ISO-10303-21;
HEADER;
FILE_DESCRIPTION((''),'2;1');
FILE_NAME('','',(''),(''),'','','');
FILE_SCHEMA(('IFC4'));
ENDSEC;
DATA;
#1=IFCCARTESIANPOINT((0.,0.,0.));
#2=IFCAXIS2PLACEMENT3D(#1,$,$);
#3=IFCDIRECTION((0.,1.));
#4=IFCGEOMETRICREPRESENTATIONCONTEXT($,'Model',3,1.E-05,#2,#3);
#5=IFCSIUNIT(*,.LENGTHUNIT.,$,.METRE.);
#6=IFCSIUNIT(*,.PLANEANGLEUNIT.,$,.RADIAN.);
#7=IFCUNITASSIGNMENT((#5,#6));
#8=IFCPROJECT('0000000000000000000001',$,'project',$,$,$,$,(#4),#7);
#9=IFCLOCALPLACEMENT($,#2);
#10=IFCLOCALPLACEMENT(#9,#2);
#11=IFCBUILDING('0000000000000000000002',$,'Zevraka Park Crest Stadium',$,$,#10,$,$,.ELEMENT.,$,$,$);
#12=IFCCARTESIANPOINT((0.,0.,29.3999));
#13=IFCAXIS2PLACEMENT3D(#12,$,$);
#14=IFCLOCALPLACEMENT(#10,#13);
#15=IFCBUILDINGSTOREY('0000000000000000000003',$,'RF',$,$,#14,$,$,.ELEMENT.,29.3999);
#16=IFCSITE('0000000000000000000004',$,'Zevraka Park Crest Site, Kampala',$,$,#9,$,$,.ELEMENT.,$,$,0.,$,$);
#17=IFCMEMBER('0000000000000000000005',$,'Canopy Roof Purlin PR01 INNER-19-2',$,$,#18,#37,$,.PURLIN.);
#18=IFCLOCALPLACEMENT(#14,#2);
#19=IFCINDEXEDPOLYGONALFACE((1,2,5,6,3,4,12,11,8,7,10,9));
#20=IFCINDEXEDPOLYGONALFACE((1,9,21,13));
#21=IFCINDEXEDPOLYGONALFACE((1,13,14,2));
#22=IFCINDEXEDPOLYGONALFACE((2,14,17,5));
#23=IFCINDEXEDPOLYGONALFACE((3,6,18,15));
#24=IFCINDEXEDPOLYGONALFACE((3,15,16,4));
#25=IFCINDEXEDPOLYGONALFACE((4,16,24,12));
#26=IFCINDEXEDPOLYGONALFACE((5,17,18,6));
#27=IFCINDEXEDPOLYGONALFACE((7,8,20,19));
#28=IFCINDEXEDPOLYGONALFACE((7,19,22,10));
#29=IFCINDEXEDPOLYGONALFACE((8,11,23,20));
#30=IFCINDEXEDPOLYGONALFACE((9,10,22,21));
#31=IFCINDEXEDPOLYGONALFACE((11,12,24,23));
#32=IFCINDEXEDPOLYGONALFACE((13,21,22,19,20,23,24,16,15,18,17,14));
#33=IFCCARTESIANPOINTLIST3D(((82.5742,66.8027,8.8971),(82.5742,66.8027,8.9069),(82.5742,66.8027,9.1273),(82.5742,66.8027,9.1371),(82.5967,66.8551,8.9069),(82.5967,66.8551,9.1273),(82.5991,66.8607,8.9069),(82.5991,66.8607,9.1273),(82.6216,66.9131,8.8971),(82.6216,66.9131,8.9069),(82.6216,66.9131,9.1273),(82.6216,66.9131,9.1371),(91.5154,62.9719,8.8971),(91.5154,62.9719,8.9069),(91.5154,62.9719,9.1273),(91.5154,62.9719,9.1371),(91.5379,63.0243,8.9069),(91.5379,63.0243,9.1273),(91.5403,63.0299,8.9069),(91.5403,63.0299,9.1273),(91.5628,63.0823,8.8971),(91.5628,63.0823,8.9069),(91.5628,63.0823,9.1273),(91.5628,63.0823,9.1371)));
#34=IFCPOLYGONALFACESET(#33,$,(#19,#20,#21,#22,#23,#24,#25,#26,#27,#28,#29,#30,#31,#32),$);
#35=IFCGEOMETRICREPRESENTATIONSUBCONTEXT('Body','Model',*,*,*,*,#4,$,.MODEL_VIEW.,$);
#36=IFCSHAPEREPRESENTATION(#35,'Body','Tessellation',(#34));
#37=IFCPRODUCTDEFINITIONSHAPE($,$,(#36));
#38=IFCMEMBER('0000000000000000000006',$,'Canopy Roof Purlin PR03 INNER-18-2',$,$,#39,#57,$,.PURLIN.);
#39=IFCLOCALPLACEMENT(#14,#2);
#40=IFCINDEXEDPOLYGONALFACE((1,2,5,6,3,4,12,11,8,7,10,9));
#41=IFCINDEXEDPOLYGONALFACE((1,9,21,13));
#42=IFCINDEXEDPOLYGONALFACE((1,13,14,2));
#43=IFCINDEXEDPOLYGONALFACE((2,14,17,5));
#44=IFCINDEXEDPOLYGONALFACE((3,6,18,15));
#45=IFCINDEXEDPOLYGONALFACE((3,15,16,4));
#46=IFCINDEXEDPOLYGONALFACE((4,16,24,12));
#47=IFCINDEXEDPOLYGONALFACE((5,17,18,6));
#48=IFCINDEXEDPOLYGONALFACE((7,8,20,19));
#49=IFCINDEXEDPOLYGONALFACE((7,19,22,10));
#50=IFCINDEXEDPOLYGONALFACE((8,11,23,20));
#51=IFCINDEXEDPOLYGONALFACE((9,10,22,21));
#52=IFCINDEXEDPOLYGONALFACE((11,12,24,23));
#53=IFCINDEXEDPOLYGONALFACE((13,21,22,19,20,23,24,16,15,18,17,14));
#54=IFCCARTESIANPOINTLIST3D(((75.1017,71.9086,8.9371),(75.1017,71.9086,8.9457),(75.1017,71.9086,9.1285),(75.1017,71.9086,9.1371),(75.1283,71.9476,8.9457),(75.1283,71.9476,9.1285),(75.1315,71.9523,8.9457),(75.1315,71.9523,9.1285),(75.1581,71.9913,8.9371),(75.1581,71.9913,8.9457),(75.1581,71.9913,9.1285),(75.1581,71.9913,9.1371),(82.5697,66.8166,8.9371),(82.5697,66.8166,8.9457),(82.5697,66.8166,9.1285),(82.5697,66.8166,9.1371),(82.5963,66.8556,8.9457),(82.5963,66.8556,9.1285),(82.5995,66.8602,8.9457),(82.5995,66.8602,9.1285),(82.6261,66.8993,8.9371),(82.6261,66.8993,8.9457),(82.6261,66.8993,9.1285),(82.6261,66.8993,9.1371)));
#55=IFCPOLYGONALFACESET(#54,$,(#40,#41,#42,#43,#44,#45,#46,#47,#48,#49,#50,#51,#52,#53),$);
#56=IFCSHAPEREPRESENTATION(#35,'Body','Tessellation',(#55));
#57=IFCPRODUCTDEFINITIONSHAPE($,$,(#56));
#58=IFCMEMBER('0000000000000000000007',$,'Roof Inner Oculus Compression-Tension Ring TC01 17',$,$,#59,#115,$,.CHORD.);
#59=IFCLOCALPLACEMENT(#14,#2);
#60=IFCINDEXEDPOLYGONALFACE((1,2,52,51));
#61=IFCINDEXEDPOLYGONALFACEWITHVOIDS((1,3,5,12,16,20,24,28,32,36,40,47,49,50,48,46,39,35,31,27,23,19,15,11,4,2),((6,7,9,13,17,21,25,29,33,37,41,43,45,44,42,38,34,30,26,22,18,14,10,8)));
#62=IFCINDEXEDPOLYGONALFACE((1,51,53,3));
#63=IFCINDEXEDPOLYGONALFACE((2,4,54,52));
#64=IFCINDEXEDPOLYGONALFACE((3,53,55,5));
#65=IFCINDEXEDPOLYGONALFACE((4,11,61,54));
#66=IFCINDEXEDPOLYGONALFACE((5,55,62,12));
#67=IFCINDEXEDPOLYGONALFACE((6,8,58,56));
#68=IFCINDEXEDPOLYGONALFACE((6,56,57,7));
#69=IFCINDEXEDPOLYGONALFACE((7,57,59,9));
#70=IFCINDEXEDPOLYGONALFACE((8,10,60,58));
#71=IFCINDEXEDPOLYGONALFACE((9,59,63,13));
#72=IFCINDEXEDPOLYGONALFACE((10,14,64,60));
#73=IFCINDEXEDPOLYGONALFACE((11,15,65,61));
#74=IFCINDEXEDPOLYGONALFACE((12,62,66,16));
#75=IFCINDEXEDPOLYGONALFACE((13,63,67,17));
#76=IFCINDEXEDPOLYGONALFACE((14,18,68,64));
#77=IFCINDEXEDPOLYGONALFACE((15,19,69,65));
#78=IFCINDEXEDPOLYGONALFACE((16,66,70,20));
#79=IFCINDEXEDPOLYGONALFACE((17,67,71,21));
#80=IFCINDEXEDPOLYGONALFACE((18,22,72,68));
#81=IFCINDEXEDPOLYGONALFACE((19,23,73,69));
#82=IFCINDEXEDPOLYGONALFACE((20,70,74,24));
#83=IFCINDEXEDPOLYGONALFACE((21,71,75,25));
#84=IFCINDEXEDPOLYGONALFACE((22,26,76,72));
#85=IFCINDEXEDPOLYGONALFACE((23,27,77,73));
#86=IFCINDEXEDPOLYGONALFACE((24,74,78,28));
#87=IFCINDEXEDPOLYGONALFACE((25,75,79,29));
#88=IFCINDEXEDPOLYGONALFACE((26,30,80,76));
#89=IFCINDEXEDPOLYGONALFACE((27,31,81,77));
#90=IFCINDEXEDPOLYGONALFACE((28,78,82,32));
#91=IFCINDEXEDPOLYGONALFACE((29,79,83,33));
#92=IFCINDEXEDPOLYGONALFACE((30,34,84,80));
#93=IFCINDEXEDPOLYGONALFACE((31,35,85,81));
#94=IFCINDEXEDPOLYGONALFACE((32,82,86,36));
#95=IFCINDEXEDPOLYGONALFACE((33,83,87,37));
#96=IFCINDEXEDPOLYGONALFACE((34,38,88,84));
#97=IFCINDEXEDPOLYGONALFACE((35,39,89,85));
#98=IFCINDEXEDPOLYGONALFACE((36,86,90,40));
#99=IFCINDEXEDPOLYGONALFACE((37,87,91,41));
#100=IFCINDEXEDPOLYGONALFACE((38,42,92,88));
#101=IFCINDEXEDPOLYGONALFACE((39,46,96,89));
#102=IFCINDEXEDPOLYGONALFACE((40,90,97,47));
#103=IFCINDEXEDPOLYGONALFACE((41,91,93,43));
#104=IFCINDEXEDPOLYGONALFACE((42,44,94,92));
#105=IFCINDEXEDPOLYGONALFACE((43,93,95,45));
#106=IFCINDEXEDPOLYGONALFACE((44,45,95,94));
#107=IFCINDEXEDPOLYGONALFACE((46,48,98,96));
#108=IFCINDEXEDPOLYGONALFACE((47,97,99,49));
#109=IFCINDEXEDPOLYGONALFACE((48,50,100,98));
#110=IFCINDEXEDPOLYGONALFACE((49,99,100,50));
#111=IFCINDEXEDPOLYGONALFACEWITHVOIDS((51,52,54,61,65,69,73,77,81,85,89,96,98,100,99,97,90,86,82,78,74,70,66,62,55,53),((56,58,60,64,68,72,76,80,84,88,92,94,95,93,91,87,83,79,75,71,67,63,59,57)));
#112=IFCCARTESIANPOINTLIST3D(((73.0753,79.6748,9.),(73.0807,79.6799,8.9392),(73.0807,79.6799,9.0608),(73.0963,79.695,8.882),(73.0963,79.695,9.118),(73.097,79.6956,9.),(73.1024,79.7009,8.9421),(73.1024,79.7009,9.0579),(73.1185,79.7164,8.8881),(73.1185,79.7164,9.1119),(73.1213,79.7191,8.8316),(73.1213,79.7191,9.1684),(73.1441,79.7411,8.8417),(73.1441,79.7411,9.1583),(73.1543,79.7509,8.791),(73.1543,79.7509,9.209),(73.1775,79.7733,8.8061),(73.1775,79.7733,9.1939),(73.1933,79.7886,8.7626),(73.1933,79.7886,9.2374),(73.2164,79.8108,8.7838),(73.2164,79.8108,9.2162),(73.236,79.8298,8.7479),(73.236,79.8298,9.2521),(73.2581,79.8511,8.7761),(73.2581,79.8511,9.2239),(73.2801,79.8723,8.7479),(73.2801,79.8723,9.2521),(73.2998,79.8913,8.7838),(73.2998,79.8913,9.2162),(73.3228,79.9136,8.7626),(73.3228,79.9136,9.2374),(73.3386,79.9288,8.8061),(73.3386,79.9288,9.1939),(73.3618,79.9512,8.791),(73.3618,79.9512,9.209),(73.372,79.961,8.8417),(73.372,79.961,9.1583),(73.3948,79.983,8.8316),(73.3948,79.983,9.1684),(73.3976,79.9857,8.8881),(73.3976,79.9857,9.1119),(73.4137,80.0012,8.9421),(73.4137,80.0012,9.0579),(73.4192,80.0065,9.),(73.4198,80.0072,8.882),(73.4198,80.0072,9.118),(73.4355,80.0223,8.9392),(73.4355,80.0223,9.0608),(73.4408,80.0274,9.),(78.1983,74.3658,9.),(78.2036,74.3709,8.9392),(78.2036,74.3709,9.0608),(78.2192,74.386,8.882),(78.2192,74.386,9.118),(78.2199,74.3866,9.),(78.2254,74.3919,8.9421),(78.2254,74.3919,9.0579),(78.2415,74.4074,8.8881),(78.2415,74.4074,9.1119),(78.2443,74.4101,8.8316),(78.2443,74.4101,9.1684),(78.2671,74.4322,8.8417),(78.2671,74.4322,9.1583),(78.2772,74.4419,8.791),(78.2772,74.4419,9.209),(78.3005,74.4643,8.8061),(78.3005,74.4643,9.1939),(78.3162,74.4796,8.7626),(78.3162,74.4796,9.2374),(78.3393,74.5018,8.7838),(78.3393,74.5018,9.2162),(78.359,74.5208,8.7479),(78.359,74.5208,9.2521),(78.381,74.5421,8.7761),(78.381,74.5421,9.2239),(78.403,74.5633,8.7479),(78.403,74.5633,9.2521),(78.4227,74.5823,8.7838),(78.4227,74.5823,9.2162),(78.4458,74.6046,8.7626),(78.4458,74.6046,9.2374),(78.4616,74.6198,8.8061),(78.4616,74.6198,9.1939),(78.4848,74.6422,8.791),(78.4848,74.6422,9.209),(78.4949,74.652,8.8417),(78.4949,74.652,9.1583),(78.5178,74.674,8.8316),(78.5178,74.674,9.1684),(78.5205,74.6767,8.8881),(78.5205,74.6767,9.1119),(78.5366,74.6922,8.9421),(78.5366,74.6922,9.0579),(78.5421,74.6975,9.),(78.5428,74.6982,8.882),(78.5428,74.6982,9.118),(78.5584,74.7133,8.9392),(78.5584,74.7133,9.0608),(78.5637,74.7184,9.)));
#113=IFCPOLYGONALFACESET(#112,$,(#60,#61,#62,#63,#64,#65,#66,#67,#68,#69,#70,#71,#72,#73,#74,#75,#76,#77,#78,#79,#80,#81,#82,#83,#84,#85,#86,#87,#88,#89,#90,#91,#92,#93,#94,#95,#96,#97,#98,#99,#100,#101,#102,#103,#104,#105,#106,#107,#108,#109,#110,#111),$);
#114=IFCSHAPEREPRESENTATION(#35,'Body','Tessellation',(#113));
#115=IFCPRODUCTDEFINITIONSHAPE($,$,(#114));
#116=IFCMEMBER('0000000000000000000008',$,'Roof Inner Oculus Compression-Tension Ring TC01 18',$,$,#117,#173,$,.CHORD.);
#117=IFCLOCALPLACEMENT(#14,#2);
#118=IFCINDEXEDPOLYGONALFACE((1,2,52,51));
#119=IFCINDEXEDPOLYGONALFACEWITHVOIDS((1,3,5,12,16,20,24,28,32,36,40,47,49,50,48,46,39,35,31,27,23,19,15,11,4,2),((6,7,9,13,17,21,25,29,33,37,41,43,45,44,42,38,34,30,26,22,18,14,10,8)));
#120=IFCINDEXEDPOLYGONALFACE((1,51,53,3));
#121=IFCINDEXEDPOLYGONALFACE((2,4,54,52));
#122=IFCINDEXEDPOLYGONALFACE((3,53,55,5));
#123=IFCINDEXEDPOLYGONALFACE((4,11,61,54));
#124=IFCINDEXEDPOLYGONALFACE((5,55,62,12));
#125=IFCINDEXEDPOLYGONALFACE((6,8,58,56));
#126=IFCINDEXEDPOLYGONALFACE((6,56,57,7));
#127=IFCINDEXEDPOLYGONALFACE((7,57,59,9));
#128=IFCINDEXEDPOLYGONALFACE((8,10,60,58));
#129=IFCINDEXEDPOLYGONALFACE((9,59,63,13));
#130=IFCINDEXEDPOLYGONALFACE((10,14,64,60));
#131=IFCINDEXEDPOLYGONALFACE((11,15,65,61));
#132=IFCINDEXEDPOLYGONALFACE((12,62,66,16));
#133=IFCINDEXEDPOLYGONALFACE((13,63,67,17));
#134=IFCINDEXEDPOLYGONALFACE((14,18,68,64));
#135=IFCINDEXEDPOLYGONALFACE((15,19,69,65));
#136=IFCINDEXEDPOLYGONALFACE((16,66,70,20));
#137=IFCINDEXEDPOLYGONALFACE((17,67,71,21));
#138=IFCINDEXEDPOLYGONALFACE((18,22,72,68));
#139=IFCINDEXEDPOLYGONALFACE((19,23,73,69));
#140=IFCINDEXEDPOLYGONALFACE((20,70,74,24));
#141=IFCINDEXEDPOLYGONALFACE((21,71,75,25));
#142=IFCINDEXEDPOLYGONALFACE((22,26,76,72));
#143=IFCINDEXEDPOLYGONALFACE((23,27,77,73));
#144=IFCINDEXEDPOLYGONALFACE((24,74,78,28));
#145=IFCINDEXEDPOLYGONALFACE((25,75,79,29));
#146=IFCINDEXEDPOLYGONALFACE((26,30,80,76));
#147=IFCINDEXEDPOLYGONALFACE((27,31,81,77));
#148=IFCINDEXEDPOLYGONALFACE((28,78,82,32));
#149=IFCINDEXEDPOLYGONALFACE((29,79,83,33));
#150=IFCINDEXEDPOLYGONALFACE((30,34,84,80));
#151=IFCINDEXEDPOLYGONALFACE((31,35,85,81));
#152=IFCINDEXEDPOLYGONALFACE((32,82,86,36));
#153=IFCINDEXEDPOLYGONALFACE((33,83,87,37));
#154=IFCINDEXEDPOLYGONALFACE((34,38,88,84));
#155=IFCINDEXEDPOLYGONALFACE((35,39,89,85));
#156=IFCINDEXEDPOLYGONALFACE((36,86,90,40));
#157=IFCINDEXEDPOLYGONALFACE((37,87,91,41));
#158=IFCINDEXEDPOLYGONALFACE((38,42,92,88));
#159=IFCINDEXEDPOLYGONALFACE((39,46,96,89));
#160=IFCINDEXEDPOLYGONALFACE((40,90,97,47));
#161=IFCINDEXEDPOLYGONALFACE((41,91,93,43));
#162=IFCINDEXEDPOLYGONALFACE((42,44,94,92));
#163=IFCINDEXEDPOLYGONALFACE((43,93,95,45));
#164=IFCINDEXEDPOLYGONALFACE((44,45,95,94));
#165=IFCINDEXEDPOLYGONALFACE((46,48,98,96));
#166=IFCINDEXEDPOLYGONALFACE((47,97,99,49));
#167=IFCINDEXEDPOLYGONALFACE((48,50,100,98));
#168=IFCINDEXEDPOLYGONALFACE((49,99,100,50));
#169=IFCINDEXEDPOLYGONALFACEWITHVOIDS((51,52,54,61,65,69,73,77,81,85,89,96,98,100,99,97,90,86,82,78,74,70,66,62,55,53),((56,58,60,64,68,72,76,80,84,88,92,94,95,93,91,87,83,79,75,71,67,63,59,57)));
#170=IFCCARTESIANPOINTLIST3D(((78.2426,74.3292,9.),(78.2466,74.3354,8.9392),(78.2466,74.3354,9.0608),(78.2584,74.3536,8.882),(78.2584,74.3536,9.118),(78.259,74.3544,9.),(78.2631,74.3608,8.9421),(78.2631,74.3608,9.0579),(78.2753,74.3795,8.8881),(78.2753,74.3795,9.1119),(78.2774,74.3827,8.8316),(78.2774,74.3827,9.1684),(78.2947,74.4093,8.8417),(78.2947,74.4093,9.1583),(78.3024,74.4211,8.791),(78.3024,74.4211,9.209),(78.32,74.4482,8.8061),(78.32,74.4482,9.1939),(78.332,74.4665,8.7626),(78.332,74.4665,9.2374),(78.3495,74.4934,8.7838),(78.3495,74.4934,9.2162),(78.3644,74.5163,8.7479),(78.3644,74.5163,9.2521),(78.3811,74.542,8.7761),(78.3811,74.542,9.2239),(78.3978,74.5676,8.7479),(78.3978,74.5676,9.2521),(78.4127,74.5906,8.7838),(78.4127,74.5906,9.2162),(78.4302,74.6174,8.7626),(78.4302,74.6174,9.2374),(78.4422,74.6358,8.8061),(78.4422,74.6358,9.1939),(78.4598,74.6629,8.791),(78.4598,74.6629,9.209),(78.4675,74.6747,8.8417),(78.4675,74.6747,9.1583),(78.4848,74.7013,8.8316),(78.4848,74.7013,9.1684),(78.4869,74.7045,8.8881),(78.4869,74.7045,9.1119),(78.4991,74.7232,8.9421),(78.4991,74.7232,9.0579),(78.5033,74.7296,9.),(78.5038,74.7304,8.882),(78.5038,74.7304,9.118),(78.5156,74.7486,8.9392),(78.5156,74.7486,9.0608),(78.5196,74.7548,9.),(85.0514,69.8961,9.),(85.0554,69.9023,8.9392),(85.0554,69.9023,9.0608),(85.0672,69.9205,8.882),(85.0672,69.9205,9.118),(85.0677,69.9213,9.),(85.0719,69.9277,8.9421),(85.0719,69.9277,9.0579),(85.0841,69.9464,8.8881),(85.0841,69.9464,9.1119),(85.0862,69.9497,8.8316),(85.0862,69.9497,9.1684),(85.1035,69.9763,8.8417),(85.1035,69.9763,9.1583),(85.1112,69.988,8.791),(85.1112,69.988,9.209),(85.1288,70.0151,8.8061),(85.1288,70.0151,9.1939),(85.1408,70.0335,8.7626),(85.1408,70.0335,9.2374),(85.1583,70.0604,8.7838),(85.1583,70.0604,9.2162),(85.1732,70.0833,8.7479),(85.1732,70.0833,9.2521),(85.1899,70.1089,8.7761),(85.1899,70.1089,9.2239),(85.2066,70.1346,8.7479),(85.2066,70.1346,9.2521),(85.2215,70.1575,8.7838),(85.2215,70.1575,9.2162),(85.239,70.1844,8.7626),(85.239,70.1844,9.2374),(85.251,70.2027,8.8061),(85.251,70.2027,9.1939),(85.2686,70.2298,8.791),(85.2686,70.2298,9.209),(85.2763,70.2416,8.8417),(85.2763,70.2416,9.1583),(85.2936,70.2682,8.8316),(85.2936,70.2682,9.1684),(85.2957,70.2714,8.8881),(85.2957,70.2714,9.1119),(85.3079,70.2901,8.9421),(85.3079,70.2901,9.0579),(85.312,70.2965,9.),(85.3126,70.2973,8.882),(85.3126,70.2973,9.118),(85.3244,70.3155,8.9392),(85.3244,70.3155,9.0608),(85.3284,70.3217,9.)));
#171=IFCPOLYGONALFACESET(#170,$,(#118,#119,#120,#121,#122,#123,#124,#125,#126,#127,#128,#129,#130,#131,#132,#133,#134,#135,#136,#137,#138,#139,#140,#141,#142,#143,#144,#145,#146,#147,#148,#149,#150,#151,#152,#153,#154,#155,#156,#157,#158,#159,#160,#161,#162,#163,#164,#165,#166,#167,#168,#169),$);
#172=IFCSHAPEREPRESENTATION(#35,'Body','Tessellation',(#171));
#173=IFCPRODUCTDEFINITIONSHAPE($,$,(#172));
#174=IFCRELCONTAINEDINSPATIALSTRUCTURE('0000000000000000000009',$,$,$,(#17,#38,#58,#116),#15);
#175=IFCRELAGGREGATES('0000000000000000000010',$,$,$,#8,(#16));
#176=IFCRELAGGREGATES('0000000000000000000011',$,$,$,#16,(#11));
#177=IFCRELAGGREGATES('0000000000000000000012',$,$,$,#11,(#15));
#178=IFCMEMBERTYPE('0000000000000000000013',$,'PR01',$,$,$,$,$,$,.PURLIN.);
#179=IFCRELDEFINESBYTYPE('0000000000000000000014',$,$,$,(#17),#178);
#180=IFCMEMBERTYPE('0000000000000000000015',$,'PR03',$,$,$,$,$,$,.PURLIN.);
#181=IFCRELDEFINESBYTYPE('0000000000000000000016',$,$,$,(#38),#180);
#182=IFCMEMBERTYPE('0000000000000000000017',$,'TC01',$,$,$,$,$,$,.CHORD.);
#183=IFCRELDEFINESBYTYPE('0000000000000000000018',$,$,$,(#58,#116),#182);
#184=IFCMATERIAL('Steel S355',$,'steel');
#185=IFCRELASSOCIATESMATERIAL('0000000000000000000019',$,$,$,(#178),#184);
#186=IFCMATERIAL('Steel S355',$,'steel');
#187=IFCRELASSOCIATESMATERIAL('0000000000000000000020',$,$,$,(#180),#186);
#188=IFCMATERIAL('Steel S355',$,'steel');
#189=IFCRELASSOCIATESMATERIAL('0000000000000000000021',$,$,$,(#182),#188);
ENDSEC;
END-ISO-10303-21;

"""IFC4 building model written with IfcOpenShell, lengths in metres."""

from ifc_helpers import new_model, si_unit, direction, frame, origin, origin_2d, place, context, subcontext, project, spatial, hollow_circle, i_section, extrude, material, material_profile, profile_set, type_object, element, save


model = new_model("IFC4")

# Units and contexts
model_context = context("Model", 3, precision=1e-05, world=origin(), true_north=direction((0.0, 1.0)))
body_context = subcontext(model_context, "Body", "Model", "MODEL_VIEW")
ifc_project = project(units=[si_unit("LENGTHUNIT", "METRE"), si_unit("PLANEANGLEUNIT", "RADIAN")], contexts=[model_context])

# Site, building, storey
site_placement = place(None, origin())
site = spatial("IfcSite", under=ifc_project, at=site_placement, Name="Zevraka Park Crest Site, Kampala", CompositionType="ELEMENT", RefElevation=0.0)
building_placement = place(site_placement, origin())
building = spatial("IfcBuilding", under=site, at=building_placement, Name="Zevraka Park Crest Stadium", CompositionType="ELEMENT")
storey_placement = place(building_placement, frame((0.0, 0.0, 29.3999)))
storey = spatial("IfcBuildingStorey", under=building, at=storey_placement, Name="RF", CompositionType="ELEMENT", Elevation=29.3999)

# Members
ifc_material_1 = material(Name="Steel S355", Category="steel")
ifc_material_profile_1 = material_profile(ifc_material_1, i_section(OverallWidth=0.1201, OverallDepth=0.24, WebThickness=0.0061, FlangeThickness=0.0098, at=origin_2d()), Name="IPE 240")
ifc_profile_set_1 = profile_set([ifc_material_profile_1], Name="Steel S355")
member_type_1 = type_object("IfcMemberType", Name="PR01", PredefinedType="PURLIN", material=ifc_profile_set_1)
member_1_placement = place(storey_placement, frame((82.5979, 66.8579, 9.0171), z_axis=(0.919187, -0.393822, 0.0), x_axis=(0.393822, 0.919187, 0.0)))
element("IfcMember", 1, at=member_1_placement, inside=storey, type_object=member_type_1, Name="Canopy Roof Purlin PR01 INNER-19-2", PredefinedType="PURLIN", context=body_context, shape_type="SweptSolid", body=[
    extrude(i_section(OverallWidth=0.1201, OverallDepth=0.24, WebThickness=0.0061, FlangeThickness=0.0098, at=origin_2d()), origin(), (0.0, 0.0, 1.0), 9.7273),
])
ifc_material_2 = material(Name="Steel S355", Category="steel")
ifc_material_profile_2 = material_profile(ifc_material_2, i_section(OverallWidth=0.1001, OverallDepth=0.2, WebThickness=0.0056, FlangeThickness=0.0085, at=origin_2d()), Name="IPE 200")
ifc_profile_set_2 = profile_set([ifc_material_profile_2], Name="Steel S355")
member_type_2 = type_object("IfcMemberType", Name="PR03", PredefinedType="PURLIN", material=ifc_profile_set_2)
member_2_placement = place(storey_placement, frame((75.1299, 71.95, 9.0371), z_axis=(0.826216, -0.563353, 0.0), x_axis=(0.563353, 0.826216, 0.0)))
element("IfcMember", 2, at=member_2_placement, inside=storey, type_object=member_type_2, Name="Canopy Roof Purlin PR03 INNER-18-2", PredefinedType="PURLIN", context=body_context, shape_type="SweptSolid", body=[
    extrude(i_section(OverallWidth=0.1001, OverallDepth=0.2, WebThickness=0.0056, FlangeThickness=0.0085, at=origin_2d()), origin(), (0.0, 0.0, 1.0), 9.0388),
])
ifc_material_3 = material(Name="Steel S355", Category="steel")
ifc_material_profile_3 = material_profile(ifc_material_3, hollow_circle(Radius=0.2539, WallThickness=0.03, at=origin_2d()), Name="CHS 508.0x30")
ifc_profile_set_3 = profile_set([ifc_material_profile_3], Name="Steel S355")
member_type_3 = type_object("IfcMemberType", Name="TC01", PredefinedType="CHORD", material=ifc_profile_set_3)
member_3_placement = place(storey_placement, frame((73.2581, 79.8511, 9.0), z_axis=(0.694387, -0.719602, 0.0), x_axis=(0.719602, 0.694387, 0.0)))
element("IfcMember", 3, at=member_3_placement, inside=storey, type_object=member_type_3, Name="Roof Inner Oculus Compression-Tension Ring TC01 17", PredefinedType="CHORD", context=body_context, shape_type="SweptSolid", body=[
    extrude(hollow_circle(Radius=0.2539, WallThickness=0.03, at=origin_2d()), origin(), (0.0, 0.0, 1.0), 7.3777),
])
member_4_placement = place(storey_placement, frame((78.3811, 74.542, 9.0), z_axis=(0.838029, -0.545625, 0.0), x_axis=(0.545625, 0.838029, 0.0)))
element("IfcMember", 4, at=member_4_placement, inside=storey, type_object=member_type_3, Name="Roof Inner Oculus Compression-Tension Ring TC01 18", PredefinedType="CHORD", context=body_context, shape_type="SweptSolid", body=[
    extrude(hollow_circle(Radius=0.2539, WallThickness=0.03, at=origin_2d()), origin(), (0.0, 0.0, 1.0), 8.1248),
])

save(model, "model.ifc")
